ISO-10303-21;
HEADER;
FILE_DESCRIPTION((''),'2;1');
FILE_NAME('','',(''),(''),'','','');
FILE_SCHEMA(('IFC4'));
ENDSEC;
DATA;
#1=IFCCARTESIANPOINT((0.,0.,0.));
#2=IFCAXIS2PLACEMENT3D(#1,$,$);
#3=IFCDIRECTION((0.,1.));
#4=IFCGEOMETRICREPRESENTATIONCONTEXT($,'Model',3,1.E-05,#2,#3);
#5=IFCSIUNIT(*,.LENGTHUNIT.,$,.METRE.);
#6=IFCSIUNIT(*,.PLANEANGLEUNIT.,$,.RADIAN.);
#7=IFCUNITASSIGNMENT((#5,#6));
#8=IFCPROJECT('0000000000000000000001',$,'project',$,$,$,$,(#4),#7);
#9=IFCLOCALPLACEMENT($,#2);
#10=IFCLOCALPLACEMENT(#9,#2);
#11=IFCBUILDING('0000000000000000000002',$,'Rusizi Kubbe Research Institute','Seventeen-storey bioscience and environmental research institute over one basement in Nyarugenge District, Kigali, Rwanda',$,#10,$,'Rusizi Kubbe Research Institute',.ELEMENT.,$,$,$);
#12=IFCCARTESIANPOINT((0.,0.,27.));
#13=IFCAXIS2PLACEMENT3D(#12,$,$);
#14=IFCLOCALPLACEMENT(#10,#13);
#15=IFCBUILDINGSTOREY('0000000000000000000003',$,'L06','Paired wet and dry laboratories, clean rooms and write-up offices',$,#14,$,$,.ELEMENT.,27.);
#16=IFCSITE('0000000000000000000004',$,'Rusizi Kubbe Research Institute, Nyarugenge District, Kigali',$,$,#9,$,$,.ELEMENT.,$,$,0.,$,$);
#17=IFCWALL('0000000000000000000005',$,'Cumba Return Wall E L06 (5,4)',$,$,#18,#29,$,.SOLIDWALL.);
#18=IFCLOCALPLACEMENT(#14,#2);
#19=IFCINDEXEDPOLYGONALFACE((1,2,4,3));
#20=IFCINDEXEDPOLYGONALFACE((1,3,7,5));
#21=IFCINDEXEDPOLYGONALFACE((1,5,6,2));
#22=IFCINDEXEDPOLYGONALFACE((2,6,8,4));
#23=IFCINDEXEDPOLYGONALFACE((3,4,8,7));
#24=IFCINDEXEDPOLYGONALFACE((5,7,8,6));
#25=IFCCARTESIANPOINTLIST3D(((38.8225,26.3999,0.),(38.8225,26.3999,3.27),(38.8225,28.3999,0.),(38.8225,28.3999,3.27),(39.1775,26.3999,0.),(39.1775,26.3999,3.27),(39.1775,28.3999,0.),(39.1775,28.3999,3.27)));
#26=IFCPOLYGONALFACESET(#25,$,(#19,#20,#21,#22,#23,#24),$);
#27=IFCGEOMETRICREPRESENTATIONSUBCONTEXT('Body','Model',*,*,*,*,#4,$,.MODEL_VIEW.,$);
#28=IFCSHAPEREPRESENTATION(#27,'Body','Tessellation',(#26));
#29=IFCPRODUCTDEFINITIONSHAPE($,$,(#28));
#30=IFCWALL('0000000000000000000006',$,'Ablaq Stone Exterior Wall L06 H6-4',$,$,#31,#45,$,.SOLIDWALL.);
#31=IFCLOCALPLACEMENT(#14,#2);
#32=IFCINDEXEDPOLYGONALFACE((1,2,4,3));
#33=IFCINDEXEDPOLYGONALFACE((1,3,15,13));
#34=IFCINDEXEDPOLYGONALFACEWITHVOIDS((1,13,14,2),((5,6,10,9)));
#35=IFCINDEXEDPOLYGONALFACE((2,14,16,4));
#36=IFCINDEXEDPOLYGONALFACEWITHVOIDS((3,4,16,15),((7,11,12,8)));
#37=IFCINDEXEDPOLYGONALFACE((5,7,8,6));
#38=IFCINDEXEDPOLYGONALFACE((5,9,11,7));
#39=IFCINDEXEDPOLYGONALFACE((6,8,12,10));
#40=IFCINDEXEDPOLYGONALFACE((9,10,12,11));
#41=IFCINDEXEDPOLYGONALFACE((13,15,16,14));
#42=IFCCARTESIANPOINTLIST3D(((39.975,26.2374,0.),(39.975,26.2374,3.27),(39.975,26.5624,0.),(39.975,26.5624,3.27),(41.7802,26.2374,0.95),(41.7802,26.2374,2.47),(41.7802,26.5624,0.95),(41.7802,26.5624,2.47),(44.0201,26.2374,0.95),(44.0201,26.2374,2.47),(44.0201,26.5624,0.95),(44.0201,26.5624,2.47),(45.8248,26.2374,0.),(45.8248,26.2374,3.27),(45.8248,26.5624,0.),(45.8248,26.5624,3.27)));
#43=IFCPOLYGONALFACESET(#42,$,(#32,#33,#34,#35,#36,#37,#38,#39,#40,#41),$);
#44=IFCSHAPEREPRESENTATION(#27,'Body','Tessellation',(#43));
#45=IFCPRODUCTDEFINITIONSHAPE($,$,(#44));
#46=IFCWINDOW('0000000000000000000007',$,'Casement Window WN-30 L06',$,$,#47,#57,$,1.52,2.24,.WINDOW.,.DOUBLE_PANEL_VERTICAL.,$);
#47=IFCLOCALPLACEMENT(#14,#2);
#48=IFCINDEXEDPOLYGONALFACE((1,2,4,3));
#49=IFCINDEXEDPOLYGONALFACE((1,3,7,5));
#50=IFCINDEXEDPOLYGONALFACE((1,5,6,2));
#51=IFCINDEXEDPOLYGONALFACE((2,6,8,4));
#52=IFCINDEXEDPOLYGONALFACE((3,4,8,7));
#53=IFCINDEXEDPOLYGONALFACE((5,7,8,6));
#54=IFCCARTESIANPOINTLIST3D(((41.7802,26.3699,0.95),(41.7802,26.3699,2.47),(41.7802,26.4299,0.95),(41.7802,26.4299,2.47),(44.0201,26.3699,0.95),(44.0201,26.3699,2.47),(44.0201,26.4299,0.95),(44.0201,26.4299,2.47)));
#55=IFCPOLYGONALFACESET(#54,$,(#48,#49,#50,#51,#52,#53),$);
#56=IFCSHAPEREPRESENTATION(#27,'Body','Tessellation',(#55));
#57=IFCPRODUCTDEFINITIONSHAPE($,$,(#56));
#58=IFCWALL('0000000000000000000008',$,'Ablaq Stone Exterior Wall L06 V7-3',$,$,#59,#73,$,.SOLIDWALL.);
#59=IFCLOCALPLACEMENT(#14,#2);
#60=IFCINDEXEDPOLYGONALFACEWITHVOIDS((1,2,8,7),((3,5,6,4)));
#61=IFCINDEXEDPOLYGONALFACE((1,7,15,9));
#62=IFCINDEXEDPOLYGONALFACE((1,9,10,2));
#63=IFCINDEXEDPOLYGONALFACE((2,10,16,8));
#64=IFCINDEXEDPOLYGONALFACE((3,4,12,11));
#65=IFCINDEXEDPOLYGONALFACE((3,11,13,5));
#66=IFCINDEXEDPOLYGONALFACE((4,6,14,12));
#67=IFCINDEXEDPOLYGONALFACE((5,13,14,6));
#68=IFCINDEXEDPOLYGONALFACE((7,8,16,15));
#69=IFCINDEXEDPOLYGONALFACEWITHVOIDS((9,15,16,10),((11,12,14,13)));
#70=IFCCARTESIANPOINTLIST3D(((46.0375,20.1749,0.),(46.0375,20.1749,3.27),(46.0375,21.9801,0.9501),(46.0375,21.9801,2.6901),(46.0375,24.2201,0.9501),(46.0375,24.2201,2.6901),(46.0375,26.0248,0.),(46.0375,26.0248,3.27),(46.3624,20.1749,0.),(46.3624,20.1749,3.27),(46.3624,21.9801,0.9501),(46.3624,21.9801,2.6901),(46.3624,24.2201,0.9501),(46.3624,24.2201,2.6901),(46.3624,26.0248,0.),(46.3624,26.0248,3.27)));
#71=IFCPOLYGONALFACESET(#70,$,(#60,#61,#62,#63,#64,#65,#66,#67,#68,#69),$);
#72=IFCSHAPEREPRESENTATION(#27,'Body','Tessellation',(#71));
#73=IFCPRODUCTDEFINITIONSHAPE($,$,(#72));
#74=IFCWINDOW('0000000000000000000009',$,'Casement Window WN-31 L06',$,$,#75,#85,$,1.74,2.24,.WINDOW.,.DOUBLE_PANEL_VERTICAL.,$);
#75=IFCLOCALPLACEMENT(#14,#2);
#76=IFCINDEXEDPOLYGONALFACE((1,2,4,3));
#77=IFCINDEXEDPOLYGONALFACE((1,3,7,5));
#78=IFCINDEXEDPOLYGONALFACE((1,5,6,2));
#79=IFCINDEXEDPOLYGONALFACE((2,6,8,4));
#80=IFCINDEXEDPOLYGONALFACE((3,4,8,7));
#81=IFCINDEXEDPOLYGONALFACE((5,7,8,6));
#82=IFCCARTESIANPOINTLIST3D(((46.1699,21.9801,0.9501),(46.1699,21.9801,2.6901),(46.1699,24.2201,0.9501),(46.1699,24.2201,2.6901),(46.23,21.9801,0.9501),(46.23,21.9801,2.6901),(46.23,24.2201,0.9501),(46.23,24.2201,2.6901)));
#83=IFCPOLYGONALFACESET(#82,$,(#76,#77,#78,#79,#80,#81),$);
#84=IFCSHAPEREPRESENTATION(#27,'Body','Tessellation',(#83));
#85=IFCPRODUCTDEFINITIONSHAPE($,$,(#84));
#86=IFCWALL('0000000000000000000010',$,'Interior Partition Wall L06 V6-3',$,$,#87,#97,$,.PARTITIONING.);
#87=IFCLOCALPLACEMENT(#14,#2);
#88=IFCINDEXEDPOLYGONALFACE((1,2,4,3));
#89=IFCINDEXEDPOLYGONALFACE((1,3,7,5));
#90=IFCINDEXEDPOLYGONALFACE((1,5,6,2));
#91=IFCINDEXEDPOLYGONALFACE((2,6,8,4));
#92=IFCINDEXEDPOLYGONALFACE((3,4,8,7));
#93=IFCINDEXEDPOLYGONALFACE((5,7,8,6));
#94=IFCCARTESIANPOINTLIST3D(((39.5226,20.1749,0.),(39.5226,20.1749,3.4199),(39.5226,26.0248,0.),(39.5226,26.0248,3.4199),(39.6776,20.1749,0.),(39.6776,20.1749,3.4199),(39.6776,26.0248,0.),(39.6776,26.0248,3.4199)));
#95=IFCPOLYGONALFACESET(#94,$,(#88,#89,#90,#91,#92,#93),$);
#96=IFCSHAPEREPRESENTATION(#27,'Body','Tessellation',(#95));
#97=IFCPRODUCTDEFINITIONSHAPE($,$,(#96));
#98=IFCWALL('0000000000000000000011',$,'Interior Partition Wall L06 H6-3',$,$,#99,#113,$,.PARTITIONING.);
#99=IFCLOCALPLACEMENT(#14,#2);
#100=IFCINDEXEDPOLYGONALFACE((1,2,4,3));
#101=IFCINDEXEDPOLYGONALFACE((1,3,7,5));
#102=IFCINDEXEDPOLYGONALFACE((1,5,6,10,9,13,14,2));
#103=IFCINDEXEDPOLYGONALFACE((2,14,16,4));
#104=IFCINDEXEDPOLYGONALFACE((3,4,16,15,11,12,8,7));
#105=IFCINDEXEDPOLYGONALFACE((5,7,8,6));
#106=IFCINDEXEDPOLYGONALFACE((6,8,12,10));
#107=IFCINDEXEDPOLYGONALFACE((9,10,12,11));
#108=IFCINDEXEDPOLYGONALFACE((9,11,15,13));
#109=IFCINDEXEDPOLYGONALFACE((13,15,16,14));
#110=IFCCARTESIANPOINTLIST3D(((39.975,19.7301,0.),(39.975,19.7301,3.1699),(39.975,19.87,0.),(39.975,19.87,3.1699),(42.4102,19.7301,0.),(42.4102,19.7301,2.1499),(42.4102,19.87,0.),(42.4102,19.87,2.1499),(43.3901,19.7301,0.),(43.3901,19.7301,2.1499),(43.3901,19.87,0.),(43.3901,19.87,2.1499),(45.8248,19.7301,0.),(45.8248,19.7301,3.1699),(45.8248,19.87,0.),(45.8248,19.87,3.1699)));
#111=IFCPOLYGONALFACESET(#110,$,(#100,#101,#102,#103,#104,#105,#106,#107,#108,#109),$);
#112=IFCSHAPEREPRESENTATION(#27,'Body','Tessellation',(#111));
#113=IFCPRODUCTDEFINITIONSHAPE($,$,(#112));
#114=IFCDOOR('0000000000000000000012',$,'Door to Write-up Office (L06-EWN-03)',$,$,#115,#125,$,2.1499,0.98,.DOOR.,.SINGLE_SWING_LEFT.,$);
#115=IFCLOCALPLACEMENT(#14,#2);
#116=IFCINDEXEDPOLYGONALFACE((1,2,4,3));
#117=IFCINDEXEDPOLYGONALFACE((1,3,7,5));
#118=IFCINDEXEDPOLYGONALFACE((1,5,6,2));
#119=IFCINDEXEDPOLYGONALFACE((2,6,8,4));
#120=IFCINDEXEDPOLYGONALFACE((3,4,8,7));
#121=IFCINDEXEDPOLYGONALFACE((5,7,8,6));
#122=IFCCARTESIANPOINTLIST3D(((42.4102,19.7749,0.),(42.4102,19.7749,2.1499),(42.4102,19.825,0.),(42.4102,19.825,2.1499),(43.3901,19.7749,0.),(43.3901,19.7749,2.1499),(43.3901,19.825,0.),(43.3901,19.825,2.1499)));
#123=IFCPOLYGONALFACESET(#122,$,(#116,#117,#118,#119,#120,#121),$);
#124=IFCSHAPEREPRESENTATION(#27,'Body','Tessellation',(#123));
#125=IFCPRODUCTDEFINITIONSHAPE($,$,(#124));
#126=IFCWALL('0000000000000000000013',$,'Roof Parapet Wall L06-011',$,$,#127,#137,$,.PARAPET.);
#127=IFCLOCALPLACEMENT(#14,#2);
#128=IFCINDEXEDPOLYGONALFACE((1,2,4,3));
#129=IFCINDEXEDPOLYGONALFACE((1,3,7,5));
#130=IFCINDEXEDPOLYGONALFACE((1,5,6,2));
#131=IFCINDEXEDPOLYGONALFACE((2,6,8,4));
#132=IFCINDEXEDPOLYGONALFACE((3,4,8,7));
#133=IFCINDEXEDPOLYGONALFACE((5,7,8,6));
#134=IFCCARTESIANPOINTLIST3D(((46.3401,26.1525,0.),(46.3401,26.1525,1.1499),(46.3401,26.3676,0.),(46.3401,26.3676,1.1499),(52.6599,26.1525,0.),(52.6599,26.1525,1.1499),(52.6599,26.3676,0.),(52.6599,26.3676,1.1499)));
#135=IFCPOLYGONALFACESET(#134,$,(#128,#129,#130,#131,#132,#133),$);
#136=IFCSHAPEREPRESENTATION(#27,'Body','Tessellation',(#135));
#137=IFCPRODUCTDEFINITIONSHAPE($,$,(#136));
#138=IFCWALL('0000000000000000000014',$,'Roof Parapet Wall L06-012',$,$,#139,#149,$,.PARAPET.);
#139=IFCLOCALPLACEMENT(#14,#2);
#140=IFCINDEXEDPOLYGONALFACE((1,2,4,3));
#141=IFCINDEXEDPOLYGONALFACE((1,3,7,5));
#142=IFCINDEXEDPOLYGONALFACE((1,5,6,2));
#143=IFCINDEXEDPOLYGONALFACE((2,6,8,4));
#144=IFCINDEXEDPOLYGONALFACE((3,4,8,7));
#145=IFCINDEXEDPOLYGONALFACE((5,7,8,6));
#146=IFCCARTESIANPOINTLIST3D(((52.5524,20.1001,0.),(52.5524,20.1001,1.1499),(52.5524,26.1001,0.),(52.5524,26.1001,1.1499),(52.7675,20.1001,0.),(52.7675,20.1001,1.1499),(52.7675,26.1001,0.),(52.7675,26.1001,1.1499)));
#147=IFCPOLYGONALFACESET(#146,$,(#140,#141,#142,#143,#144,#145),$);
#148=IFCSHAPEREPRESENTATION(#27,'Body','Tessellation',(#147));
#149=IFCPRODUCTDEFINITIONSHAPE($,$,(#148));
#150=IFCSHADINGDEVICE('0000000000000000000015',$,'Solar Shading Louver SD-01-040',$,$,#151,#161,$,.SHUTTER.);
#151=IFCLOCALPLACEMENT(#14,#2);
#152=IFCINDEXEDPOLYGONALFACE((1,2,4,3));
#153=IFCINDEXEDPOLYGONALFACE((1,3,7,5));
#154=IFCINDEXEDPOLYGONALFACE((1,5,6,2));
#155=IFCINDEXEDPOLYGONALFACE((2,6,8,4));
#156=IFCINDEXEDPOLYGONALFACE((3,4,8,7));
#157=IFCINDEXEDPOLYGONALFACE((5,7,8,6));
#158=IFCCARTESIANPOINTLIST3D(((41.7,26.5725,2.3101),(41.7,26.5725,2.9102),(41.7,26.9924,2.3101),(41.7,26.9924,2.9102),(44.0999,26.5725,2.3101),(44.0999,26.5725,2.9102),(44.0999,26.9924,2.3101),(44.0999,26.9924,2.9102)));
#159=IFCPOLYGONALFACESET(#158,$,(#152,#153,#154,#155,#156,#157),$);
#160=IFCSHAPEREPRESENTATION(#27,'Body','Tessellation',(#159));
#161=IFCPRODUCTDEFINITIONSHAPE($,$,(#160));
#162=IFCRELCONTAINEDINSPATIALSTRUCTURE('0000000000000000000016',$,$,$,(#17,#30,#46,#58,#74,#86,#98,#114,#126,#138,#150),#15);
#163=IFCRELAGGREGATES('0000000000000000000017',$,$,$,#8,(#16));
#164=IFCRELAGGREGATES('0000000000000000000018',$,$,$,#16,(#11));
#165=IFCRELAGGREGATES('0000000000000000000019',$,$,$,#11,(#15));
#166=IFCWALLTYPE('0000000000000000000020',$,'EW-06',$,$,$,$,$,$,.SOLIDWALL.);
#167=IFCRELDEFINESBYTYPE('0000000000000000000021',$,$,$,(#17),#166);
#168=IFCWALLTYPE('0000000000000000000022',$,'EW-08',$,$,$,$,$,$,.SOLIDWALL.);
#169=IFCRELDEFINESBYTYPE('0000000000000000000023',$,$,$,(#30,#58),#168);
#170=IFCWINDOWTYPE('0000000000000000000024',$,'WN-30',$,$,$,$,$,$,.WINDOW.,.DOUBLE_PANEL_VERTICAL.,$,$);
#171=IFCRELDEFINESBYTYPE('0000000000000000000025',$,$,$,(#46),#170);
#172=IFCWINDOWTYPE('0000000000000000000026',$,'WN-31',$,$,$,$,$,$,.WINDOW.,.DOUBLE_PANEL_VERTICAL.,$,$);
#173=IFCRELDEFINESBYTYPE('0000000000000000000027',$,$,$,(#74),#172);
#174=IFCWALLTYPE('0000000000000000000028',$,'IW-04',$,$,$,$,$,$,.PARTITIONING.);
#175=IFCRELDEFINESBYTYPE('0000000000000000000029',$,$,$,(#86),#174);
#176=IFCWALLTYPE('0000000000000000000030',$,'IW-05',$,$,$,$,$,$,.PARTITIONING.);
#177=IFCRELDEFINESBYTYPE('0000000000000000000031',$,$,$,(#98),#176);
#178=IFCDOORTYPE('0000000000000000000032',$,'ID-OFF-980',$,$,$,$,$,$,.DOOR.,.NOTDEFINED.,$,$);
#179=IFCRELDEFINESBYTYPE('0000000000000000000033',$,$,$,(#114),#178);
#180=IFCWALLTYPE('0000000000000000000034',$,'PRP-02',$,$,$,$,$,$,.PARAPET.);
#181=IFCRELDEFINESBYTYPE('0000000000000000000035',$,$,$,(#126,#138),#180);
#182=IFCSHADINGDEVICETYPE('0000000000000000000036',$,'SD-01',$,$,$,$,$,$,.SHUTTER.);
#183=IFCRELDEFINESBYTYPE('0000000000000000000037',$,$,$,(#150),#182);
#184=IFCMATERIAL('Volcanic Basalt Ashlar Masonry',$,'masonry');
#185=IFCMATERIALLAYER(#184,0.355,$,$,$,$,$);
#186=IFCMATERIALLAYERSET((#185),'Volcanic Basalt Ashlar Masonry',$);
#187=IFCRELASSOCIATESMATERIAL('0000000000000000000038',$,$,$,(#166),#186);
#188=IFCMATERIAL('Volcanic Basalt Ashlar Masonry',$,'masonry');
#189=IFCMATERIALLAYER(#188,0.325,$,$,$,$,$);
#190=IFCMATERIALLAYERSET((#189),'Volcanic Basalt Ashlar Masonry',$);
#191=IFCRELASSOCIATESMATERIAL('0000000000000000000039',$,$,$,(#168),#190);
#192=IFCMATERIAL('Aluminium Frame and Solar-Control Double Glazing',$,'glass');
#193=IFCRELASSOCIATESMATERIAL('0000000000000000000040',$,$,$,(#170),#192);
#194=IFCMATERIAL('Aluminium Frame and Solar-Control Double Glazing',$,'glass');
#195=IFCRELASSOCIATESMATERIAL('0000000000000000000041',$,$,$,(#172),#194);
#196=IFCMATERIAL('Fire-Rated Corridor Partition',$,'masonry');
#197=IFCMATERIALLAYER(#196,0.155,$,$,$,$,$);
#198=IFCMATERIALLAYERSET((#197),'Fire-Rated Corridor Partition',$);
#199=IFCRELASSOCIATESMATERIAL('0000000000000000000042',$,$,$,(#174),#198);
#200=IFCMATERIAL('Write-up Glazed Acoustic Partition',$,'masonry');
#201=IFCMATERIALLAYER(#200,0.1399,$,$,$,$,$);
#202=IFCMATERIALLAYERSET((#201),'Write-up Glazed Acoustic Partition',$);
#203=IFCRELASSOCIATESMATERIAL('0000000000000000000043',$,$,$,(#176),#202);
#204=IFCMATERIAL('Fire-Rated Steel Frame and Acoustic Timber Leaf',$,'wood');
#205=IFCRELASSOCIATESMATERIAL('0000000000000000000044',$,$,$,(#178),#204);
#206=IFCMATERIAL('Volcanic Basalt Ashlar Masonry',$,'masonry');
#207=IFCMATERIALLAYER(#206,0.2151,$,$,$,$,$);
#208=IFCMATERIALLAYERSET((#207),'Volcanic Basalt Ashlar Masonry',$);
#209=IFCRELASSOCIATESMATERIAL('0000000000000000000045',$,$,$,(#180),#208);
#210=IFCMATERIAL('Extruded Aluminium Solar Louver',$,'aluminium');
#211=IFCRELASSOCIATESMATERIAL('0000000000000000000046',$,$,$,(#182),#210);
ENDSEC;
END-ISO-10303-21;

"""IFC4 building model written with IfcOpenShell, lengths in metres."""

from ifc_helpers import new_model, si_unit, direction, frame, frame_2d, origin, origin_2d, place, context, subcontext, project, spatial, rectangle, extrude, material, layer, layer_set, type_object, element, fill, save


model = new_model("IFC4")

# Units and contexts
model_context = context("Model", 3, precision=1e-05, world=origin(), true_north=direction((0.0, 1.0)))
body_context = subcontext(model_context, "Body", "Model", "MODEL_VIEW")
ifc_project = project(units=[si_unit("LENGTHUNIT", "METRE"), si_unit("PLANEANGLEUNIT", "RADIAN")], contexts=[model_context])

# Site, building, storey
site_placement = place(None, origin())
site = spatial("IfcSite", under=ifc_project, at=site_placement, Name="Rusizi Kubbe Research Institute, Nyarugenge District, Kigali", CompositionType="ELEMENT", RefElevation=0.0)
building_placement = place(site_placement, origin())
building = spatial("IfcBuilding", under=site, at=building_placement, Name="Rusizi Kubbe Research Institute", Description="Seventeen-storey bioscience and environmental research institute over one basement in Nyarugenge District, Kigali, Rwanda", LongName="Rusizi Kubbe Research Institute", CompositionType="ELEMENT")
storey_placement = place(building_placement, frame((0.0, 0.0, 27.0)))
storey = spatial("IfcBuildingStorey", under=building, at=storey_placement, Name="L06", Description="Paired wet and dry laboratories, clean rooms and write-up offices", CompositionType="ELEMENT", Elevation=27.0)

# Wall
ifc_material_1 = material(Name="Volcanic Basalt Ashlar Masonry", Category="masonry")
ifc_layer_1 = layer(ifc_material_1, 0.355)
ifc_layer_set_1 = layer_set([ifc_layer_1], Name="Volcanic Basalt Ashlar Masonry")
wall_type_1 = type_object("IfcWallType", Name="EW-06", PredefinedType="SOLIDWALL", material=ifc_layer_set_1)
wall_1_placement = place(storey_placement, frame((39.0, 26.3999, 0.0), z_axis=(0.0, 0.0, 1.0), x_axis=(0.0, 1.0, 0.0)))
element("IfcWall", 1, at=wall_1_placement, inside=storey, type_object=wall_type_1, Name="Cumba Return Wall E L06 (5,4)", PredefinedType="SOLIDWALL", context=body_context, shape_type="SweptSolid", body=[
    extrude(rectangle(XDim=2.0, YDim=0.355, at=frame_2d((1.0, 0.0))), origin(), (0.0, 0.0, 1.0), 3.27),
])

# Walls, openings, windows
ifc_material_2 = material(Name="Volcanic Basalt Ashlar Masonry", Category="masonry")
ifc_layer_2 = layer(ifc_material_2, 0.325)
ifc_layer_set_2 = layer_set([ifc_layer_2], Name="Volcanic Basalt Ashlar Masonry")
wall_type_2 = type_object("IfcWallType", Name="EW-08", PredefinedType="SOLIDWALL", material=ifc_layer_set_2)
wall_2_placement = place(storey_placement, frame((39.9751, 26.3999, 0.0), z_axis=(0.0, 0.0, 1.0), x_axis=(1.0, 0.0, 0.0)))
wall_2 = element("IfcWall", 2, at=wall_2_placement, inside=storey, type_object=wall_type_2, Name="Ablaq Stone Exterior Wall L06 H6-4", PredefinedType="SOLIDWALL", context=body_context, shape_type="SweptSolid", body=[
    extrude(rectangle(XDim=5.8499, YDim=0.325, at=frame_2d((2.9248, 0.0))), origin(), (0.0, 0.0, 1.0), 3.27),
])
opening_1_placement = place(wall_2_placement, frame((1.8049, 0.0, 0.95)))
opening_1 = element("IfcOpeningElement", 3, at=opening_1_placement, cuts=wall_2, PredefinedType="OPENING", context=body_context, shape_type="SweptSolid", body=[
    extrude(rectangle(XDim=2.24, YDim=1.52, at=frame_2d((1.1201, 0.76))), frame((0.0, 0.1724, 0.0), z_axis=(0.0, -1.0, 0.0), x_axis=(1.0, 0.0, 0.0)), (0.0, 0.0, 1.0), 0.345),
])
ifc_material_3 = material(Name="Aluminium Frame and Solar-Control Double Glazing", Category="glass")
window_type_1 = type_object("IfcWindowType", Name="WN-30", PartitioningType="DOUBLE_PANEL_VERTICAL", PredefinedType="WINDOW", material=ifc_material_3)
window_1_placement = place(opening_1_placement, origin())
window_1 = element("IfcWindow", 4, at=window_1_placement, inside=storey, type_object=window_type_1, Name="Casement Window WN-30 L06", OverallHeight=1.52, OverallWidth=2.24, PartitioningType="DOUBLE_PANEL_VERTICAL", PredefinedType="WINDOW", context=body_context, shape_type="SweptSolid", body=[
    extrude(rectangle(XDim=2.24, YDim=1.52, at=frame_2d((1.1201, 0.76))), frame((0.0, 0.03, 0.0), z_axis=(0.0, -1.0, 0.0), x_axis=(1.0, 0.0, 0.0)), (0.0, 0.0, 1.0), 0.0601),
])
fill(opening_1, window_1)
wall_3_placement = place(storey_placement, frame((46.2, 20.175, 0.0), z_axis=(0.0, 0.0, 1.0), x_axis=(0.0, 1.0, 0.0)))
wall_3 = element("IfcWall", 5, at=wall_3_placement, inside=storey, type_object=wall_type_2, Name="Ablaq Stone Exterior Wall L06 V7-3", PredefinedType="SOLIDWALL", context=body_context, shape_type="SweptSolid", body=[
    extrude(rectangle(XDim=5.8499, YDim=0.325, at=frame_2d((2.9248, 0.0))), origin(), (0.0, 0.0, 1.0), 3.27),
])
opening_2_placement = place(wall_3_placement, frame((1.8049, 0.0, 0.95)))
opening_2 = element("IfcOpeningElement", 6, at=opening_2_placement, cuts=wall_3, PredefinedType="OPENING", context=body_context, shape_type="SweptSolid", body=[
    extrude(rectangle(XDim=2.24, YDim=1.74, at=frame_2d((1.1201, 0.8701))), frame((0.0, 0.1724, 0.0), z_axis=(0.0, -1.0, 0.0), x_axis=(1.0, 0.0, 0.0)), (0.0, 0.0, 1.0), 0.345),
])
ifc_material_4 = material(Name="Aluminium Frame and Solar-Control Double Glazing", Category="glass")
window_type_2 = type_object("IfcWindowType", Name="WN-31", PartitioningType="DOUBLE_PANEL_VERTICAL", PredefinedType="WINDOW", material=ifc_material_4)
window_2_placement = place(opening_2_placement, origin())
window_2 = element("IfcWindow", 7, at=window_2_placement, inside=storey, type_object=window_type_2, Name="Casement Window WN-31 L06", OverallHeight=1.74, OverallWidth=2.24, PartitioningType="DOUBLE_PANEL_VERTICAL", PredefinedType="WINDOW", context=body_context, shape_type="SweptSolid", body=[
    extrude(rectangle(XDim=2.24, YDim=1.74, at=frame_2d((1.1201, 0.8701))), frame((0.0, 0.03, 0.0), z_axis=(0.0, -1.0, 0.0), x_axis=(1.0, 0.0, 0.0)), (0.0, 0.0, 1.0), 0.0601),
])
fill(opening_2, window_2)

# Wall
ifc_material_5 = material(Name="Fire-Rated Corridor Partition", Category="masonry")
ifc_layer_3 = layer(ifc_material_5, 0.155)
ifc_layer_set_3 = layer_set([ifc_layer_3], Name="Fire-Rated Corridor Partition")
wall_type_3 = type_object("IfcWallType", Name="IW-04", PredefinedType="PARTITIONING", material=ifc_layer_set_3)
wall_4_placement = place(storey_placement, frame((39.6001, 20.175, 0.0), z_axis=(0.0, 0.0, 1.0), x_axis=(0.0, 1.0, 0.0)))
element("IfcWall", 8, at=wall_4_placement, inside=storey, type_object=wall_type_3, Name="Interior Partition Wall L06 V6-3", PredefinedType="PARTITIONING", context=body_context, shape_type="SweptSolid", body=[
    extrude(rectangle(XDim=5.8499, YDim=0.155, at=frame_2d((2.9248, 0.0))), origin(), (0.0, 0.0, 1.0), 3.4199),
])

# Wall, opening, door
ifc_material_6 = material(Name="Write-up Glazed Acoustic Partition", Category="masonry")
ifc_layer_4 = layer(ifc_material_6, 0.1399)
ifc_layer_set_4 = layer_set([ifc_layer_4], Name="Write-up Glazed Acoustic Partition")
wall_type_4 = type_object("IfcWallType", Name="IW-05", PredefinedType="PARTITIONING", material=ifc_layer_set_4)
wall_5_placement = place(storey_placement, frame((39.9751, 19.8, 0.0), z_axis=(0.0, 0.0, 1.0), x_axis=(1.0, 0.0, 0.0)))
wall_5 = element("IfcWall", 9, at=wall_5_placement, inside=storey, type_object=wall_type_4, Name="Interior Partition Wall L06 H6-3", PredefinedType="PARTITIONING", context=body_context, shape_type="SweptSolid", body=[
    extrude(rectangle(XDim=5.8499, YDim=0.1399, at=frame_2d((2.9248, 0.0))), origin(), (0.0, 0.0, 1.0), 3.1699),
])
opening_3_placement = place(wall_5_placement, frame((2.4351, 0.0, 0.0)))
opening_3 = element("IfcOpeningElement", 10, at=opening_3_placement, cuts=wall_5, PredefinedType="OPENING", context=body_context, shape_type="SweptSolid", body=[
    extrude(rectangle(XDim=0.98, YDim=2.1499, at=frame_2d((0.49, 1.075))), frame((0.0, 0.0798, 0.0), z_axis=(0.0, -1.0, 0.0), x_axis=(1.0, 0.0, 0.0)), (0.0, 0.0, 1.0), 0.1599),
])
ifc_material_7 = material(Name="Fire-Rated Steel Frame and Acoustic Timber Leaf", Category="wood")
door_type = type_object("IfcDoorType", Name="ID-OFF-980", OperationType="NOTDEFINED", PredefinedType="DOOR", material=ifc_material_7)
door_placement = place(opening_3_placement, origin())
door = element("IfcDoor", 11, at=door_placement, inside=storey, type_object=door_type, Name="Door to Write-up Office (L06-EWN-03)", OperationType="SINGLE_SWING_LEFT", OverallHeight=2.1499, OverallWidth=0.98, PredefinedType="DOOR", context=body_context, shape_type="SweptSolid", body=[
    extrude(rectangle(XDim=0.98, YDim=2.1499, at=frame_2d((0.49, 1.075))), frame((0.0, 0.0249, 0.0), z_axis=(0.0, -1.0, 0.0), x_axis=(1.0, 0.0, 0.0)), (0.0, 0.0, 1.0), 0.05),
])
fill(opening_3, door)

# Walls
ifc_material_8 = material(Name="Volcanic Basalt Ashlar Masonry", Category="masonry")
ifc_layer_5 = layer(ifc_material_8, 0.2151)
ifc_layer_set_5 = layer_set([ifc_layer_5], Name="Volcanic Basalt Ashlar Masonry")
wall_type_5 = type_object("IfcWallType", Name="PRP-02", PredefinedType="PARAPET", material=ifc_layer_set_5)
wall_6_placement = place(storey_placement, frame((46.3401, 26.26, 0.0), z_axis=(0.0, 0.0, 1.0), x_axis=(1.0, 0.0, 0.0)))
element("IfcWall", 12, at=wall_6_placement, inside=storey, type_object=wall_type_5, Name="Roof Parapet Wall L06-011", PredefinedType="PARAPET", context=body_context, shape_type="SweptSolid", body=[
    extrude(rectangle(XDim=6.3198, YDim=0.2151, at=frame_2d((3.1599, 0.0))), origin(), (0.0, 0.0, 1.0), 1.1499),
])
wall_7_placement = place(storey_placement, frame((52.6599, 20.1001, 0.0), z_axis=(0.0, 0.0, 1.0), x_axis=(0.0, 1.0, 0.0)))
element("IfcWall", 13, at=wall_7_placement, inside=storey, type_object=wall_type_5, Name="Roof Parapet Wall L06-012", PredefinedType="PARAPET", context=body_context, shape_type="SweptSolid", body=[
    extrude(rectangle(XDim=6.0, YDim=0.2151, at=frame_2d((3.0, 0.0))), origin(), (0.0, 0.0, 1.0), 1.1499),
])

# Shading device
ifc_material_9 = material(Name="Extruded Aluminium Solar Louver", Category="aluminium")
shading_device_type = type_object("IfcShadingDeviceType", Name="SD-01", PredefinedType="SHUTTER", material=ifc_material_9)
shading_device_placement = place(storey_placement, frame((42.8999, 26.7825, 2.3101), z_axis=(0.0, 0.0, 1.0), x_axis=(1.0, 0.0, 0.0)))
element("IfcShadingDevice", 14, at=shading_device_placement, inside=storey, type_object=shading_device_type, Name="Solar Shading Louver SD-01-040", PredefinedType="SHUTTER", context=body_context, shape_type="SweptSolid", body=[
    extrude(rectangle(XDim=2.3999, YDim=0.4199, at=origin_2d()), origin(), (0.0, 0.0, 1.0), 0.6001),
])

save(model, "model.ifc")
